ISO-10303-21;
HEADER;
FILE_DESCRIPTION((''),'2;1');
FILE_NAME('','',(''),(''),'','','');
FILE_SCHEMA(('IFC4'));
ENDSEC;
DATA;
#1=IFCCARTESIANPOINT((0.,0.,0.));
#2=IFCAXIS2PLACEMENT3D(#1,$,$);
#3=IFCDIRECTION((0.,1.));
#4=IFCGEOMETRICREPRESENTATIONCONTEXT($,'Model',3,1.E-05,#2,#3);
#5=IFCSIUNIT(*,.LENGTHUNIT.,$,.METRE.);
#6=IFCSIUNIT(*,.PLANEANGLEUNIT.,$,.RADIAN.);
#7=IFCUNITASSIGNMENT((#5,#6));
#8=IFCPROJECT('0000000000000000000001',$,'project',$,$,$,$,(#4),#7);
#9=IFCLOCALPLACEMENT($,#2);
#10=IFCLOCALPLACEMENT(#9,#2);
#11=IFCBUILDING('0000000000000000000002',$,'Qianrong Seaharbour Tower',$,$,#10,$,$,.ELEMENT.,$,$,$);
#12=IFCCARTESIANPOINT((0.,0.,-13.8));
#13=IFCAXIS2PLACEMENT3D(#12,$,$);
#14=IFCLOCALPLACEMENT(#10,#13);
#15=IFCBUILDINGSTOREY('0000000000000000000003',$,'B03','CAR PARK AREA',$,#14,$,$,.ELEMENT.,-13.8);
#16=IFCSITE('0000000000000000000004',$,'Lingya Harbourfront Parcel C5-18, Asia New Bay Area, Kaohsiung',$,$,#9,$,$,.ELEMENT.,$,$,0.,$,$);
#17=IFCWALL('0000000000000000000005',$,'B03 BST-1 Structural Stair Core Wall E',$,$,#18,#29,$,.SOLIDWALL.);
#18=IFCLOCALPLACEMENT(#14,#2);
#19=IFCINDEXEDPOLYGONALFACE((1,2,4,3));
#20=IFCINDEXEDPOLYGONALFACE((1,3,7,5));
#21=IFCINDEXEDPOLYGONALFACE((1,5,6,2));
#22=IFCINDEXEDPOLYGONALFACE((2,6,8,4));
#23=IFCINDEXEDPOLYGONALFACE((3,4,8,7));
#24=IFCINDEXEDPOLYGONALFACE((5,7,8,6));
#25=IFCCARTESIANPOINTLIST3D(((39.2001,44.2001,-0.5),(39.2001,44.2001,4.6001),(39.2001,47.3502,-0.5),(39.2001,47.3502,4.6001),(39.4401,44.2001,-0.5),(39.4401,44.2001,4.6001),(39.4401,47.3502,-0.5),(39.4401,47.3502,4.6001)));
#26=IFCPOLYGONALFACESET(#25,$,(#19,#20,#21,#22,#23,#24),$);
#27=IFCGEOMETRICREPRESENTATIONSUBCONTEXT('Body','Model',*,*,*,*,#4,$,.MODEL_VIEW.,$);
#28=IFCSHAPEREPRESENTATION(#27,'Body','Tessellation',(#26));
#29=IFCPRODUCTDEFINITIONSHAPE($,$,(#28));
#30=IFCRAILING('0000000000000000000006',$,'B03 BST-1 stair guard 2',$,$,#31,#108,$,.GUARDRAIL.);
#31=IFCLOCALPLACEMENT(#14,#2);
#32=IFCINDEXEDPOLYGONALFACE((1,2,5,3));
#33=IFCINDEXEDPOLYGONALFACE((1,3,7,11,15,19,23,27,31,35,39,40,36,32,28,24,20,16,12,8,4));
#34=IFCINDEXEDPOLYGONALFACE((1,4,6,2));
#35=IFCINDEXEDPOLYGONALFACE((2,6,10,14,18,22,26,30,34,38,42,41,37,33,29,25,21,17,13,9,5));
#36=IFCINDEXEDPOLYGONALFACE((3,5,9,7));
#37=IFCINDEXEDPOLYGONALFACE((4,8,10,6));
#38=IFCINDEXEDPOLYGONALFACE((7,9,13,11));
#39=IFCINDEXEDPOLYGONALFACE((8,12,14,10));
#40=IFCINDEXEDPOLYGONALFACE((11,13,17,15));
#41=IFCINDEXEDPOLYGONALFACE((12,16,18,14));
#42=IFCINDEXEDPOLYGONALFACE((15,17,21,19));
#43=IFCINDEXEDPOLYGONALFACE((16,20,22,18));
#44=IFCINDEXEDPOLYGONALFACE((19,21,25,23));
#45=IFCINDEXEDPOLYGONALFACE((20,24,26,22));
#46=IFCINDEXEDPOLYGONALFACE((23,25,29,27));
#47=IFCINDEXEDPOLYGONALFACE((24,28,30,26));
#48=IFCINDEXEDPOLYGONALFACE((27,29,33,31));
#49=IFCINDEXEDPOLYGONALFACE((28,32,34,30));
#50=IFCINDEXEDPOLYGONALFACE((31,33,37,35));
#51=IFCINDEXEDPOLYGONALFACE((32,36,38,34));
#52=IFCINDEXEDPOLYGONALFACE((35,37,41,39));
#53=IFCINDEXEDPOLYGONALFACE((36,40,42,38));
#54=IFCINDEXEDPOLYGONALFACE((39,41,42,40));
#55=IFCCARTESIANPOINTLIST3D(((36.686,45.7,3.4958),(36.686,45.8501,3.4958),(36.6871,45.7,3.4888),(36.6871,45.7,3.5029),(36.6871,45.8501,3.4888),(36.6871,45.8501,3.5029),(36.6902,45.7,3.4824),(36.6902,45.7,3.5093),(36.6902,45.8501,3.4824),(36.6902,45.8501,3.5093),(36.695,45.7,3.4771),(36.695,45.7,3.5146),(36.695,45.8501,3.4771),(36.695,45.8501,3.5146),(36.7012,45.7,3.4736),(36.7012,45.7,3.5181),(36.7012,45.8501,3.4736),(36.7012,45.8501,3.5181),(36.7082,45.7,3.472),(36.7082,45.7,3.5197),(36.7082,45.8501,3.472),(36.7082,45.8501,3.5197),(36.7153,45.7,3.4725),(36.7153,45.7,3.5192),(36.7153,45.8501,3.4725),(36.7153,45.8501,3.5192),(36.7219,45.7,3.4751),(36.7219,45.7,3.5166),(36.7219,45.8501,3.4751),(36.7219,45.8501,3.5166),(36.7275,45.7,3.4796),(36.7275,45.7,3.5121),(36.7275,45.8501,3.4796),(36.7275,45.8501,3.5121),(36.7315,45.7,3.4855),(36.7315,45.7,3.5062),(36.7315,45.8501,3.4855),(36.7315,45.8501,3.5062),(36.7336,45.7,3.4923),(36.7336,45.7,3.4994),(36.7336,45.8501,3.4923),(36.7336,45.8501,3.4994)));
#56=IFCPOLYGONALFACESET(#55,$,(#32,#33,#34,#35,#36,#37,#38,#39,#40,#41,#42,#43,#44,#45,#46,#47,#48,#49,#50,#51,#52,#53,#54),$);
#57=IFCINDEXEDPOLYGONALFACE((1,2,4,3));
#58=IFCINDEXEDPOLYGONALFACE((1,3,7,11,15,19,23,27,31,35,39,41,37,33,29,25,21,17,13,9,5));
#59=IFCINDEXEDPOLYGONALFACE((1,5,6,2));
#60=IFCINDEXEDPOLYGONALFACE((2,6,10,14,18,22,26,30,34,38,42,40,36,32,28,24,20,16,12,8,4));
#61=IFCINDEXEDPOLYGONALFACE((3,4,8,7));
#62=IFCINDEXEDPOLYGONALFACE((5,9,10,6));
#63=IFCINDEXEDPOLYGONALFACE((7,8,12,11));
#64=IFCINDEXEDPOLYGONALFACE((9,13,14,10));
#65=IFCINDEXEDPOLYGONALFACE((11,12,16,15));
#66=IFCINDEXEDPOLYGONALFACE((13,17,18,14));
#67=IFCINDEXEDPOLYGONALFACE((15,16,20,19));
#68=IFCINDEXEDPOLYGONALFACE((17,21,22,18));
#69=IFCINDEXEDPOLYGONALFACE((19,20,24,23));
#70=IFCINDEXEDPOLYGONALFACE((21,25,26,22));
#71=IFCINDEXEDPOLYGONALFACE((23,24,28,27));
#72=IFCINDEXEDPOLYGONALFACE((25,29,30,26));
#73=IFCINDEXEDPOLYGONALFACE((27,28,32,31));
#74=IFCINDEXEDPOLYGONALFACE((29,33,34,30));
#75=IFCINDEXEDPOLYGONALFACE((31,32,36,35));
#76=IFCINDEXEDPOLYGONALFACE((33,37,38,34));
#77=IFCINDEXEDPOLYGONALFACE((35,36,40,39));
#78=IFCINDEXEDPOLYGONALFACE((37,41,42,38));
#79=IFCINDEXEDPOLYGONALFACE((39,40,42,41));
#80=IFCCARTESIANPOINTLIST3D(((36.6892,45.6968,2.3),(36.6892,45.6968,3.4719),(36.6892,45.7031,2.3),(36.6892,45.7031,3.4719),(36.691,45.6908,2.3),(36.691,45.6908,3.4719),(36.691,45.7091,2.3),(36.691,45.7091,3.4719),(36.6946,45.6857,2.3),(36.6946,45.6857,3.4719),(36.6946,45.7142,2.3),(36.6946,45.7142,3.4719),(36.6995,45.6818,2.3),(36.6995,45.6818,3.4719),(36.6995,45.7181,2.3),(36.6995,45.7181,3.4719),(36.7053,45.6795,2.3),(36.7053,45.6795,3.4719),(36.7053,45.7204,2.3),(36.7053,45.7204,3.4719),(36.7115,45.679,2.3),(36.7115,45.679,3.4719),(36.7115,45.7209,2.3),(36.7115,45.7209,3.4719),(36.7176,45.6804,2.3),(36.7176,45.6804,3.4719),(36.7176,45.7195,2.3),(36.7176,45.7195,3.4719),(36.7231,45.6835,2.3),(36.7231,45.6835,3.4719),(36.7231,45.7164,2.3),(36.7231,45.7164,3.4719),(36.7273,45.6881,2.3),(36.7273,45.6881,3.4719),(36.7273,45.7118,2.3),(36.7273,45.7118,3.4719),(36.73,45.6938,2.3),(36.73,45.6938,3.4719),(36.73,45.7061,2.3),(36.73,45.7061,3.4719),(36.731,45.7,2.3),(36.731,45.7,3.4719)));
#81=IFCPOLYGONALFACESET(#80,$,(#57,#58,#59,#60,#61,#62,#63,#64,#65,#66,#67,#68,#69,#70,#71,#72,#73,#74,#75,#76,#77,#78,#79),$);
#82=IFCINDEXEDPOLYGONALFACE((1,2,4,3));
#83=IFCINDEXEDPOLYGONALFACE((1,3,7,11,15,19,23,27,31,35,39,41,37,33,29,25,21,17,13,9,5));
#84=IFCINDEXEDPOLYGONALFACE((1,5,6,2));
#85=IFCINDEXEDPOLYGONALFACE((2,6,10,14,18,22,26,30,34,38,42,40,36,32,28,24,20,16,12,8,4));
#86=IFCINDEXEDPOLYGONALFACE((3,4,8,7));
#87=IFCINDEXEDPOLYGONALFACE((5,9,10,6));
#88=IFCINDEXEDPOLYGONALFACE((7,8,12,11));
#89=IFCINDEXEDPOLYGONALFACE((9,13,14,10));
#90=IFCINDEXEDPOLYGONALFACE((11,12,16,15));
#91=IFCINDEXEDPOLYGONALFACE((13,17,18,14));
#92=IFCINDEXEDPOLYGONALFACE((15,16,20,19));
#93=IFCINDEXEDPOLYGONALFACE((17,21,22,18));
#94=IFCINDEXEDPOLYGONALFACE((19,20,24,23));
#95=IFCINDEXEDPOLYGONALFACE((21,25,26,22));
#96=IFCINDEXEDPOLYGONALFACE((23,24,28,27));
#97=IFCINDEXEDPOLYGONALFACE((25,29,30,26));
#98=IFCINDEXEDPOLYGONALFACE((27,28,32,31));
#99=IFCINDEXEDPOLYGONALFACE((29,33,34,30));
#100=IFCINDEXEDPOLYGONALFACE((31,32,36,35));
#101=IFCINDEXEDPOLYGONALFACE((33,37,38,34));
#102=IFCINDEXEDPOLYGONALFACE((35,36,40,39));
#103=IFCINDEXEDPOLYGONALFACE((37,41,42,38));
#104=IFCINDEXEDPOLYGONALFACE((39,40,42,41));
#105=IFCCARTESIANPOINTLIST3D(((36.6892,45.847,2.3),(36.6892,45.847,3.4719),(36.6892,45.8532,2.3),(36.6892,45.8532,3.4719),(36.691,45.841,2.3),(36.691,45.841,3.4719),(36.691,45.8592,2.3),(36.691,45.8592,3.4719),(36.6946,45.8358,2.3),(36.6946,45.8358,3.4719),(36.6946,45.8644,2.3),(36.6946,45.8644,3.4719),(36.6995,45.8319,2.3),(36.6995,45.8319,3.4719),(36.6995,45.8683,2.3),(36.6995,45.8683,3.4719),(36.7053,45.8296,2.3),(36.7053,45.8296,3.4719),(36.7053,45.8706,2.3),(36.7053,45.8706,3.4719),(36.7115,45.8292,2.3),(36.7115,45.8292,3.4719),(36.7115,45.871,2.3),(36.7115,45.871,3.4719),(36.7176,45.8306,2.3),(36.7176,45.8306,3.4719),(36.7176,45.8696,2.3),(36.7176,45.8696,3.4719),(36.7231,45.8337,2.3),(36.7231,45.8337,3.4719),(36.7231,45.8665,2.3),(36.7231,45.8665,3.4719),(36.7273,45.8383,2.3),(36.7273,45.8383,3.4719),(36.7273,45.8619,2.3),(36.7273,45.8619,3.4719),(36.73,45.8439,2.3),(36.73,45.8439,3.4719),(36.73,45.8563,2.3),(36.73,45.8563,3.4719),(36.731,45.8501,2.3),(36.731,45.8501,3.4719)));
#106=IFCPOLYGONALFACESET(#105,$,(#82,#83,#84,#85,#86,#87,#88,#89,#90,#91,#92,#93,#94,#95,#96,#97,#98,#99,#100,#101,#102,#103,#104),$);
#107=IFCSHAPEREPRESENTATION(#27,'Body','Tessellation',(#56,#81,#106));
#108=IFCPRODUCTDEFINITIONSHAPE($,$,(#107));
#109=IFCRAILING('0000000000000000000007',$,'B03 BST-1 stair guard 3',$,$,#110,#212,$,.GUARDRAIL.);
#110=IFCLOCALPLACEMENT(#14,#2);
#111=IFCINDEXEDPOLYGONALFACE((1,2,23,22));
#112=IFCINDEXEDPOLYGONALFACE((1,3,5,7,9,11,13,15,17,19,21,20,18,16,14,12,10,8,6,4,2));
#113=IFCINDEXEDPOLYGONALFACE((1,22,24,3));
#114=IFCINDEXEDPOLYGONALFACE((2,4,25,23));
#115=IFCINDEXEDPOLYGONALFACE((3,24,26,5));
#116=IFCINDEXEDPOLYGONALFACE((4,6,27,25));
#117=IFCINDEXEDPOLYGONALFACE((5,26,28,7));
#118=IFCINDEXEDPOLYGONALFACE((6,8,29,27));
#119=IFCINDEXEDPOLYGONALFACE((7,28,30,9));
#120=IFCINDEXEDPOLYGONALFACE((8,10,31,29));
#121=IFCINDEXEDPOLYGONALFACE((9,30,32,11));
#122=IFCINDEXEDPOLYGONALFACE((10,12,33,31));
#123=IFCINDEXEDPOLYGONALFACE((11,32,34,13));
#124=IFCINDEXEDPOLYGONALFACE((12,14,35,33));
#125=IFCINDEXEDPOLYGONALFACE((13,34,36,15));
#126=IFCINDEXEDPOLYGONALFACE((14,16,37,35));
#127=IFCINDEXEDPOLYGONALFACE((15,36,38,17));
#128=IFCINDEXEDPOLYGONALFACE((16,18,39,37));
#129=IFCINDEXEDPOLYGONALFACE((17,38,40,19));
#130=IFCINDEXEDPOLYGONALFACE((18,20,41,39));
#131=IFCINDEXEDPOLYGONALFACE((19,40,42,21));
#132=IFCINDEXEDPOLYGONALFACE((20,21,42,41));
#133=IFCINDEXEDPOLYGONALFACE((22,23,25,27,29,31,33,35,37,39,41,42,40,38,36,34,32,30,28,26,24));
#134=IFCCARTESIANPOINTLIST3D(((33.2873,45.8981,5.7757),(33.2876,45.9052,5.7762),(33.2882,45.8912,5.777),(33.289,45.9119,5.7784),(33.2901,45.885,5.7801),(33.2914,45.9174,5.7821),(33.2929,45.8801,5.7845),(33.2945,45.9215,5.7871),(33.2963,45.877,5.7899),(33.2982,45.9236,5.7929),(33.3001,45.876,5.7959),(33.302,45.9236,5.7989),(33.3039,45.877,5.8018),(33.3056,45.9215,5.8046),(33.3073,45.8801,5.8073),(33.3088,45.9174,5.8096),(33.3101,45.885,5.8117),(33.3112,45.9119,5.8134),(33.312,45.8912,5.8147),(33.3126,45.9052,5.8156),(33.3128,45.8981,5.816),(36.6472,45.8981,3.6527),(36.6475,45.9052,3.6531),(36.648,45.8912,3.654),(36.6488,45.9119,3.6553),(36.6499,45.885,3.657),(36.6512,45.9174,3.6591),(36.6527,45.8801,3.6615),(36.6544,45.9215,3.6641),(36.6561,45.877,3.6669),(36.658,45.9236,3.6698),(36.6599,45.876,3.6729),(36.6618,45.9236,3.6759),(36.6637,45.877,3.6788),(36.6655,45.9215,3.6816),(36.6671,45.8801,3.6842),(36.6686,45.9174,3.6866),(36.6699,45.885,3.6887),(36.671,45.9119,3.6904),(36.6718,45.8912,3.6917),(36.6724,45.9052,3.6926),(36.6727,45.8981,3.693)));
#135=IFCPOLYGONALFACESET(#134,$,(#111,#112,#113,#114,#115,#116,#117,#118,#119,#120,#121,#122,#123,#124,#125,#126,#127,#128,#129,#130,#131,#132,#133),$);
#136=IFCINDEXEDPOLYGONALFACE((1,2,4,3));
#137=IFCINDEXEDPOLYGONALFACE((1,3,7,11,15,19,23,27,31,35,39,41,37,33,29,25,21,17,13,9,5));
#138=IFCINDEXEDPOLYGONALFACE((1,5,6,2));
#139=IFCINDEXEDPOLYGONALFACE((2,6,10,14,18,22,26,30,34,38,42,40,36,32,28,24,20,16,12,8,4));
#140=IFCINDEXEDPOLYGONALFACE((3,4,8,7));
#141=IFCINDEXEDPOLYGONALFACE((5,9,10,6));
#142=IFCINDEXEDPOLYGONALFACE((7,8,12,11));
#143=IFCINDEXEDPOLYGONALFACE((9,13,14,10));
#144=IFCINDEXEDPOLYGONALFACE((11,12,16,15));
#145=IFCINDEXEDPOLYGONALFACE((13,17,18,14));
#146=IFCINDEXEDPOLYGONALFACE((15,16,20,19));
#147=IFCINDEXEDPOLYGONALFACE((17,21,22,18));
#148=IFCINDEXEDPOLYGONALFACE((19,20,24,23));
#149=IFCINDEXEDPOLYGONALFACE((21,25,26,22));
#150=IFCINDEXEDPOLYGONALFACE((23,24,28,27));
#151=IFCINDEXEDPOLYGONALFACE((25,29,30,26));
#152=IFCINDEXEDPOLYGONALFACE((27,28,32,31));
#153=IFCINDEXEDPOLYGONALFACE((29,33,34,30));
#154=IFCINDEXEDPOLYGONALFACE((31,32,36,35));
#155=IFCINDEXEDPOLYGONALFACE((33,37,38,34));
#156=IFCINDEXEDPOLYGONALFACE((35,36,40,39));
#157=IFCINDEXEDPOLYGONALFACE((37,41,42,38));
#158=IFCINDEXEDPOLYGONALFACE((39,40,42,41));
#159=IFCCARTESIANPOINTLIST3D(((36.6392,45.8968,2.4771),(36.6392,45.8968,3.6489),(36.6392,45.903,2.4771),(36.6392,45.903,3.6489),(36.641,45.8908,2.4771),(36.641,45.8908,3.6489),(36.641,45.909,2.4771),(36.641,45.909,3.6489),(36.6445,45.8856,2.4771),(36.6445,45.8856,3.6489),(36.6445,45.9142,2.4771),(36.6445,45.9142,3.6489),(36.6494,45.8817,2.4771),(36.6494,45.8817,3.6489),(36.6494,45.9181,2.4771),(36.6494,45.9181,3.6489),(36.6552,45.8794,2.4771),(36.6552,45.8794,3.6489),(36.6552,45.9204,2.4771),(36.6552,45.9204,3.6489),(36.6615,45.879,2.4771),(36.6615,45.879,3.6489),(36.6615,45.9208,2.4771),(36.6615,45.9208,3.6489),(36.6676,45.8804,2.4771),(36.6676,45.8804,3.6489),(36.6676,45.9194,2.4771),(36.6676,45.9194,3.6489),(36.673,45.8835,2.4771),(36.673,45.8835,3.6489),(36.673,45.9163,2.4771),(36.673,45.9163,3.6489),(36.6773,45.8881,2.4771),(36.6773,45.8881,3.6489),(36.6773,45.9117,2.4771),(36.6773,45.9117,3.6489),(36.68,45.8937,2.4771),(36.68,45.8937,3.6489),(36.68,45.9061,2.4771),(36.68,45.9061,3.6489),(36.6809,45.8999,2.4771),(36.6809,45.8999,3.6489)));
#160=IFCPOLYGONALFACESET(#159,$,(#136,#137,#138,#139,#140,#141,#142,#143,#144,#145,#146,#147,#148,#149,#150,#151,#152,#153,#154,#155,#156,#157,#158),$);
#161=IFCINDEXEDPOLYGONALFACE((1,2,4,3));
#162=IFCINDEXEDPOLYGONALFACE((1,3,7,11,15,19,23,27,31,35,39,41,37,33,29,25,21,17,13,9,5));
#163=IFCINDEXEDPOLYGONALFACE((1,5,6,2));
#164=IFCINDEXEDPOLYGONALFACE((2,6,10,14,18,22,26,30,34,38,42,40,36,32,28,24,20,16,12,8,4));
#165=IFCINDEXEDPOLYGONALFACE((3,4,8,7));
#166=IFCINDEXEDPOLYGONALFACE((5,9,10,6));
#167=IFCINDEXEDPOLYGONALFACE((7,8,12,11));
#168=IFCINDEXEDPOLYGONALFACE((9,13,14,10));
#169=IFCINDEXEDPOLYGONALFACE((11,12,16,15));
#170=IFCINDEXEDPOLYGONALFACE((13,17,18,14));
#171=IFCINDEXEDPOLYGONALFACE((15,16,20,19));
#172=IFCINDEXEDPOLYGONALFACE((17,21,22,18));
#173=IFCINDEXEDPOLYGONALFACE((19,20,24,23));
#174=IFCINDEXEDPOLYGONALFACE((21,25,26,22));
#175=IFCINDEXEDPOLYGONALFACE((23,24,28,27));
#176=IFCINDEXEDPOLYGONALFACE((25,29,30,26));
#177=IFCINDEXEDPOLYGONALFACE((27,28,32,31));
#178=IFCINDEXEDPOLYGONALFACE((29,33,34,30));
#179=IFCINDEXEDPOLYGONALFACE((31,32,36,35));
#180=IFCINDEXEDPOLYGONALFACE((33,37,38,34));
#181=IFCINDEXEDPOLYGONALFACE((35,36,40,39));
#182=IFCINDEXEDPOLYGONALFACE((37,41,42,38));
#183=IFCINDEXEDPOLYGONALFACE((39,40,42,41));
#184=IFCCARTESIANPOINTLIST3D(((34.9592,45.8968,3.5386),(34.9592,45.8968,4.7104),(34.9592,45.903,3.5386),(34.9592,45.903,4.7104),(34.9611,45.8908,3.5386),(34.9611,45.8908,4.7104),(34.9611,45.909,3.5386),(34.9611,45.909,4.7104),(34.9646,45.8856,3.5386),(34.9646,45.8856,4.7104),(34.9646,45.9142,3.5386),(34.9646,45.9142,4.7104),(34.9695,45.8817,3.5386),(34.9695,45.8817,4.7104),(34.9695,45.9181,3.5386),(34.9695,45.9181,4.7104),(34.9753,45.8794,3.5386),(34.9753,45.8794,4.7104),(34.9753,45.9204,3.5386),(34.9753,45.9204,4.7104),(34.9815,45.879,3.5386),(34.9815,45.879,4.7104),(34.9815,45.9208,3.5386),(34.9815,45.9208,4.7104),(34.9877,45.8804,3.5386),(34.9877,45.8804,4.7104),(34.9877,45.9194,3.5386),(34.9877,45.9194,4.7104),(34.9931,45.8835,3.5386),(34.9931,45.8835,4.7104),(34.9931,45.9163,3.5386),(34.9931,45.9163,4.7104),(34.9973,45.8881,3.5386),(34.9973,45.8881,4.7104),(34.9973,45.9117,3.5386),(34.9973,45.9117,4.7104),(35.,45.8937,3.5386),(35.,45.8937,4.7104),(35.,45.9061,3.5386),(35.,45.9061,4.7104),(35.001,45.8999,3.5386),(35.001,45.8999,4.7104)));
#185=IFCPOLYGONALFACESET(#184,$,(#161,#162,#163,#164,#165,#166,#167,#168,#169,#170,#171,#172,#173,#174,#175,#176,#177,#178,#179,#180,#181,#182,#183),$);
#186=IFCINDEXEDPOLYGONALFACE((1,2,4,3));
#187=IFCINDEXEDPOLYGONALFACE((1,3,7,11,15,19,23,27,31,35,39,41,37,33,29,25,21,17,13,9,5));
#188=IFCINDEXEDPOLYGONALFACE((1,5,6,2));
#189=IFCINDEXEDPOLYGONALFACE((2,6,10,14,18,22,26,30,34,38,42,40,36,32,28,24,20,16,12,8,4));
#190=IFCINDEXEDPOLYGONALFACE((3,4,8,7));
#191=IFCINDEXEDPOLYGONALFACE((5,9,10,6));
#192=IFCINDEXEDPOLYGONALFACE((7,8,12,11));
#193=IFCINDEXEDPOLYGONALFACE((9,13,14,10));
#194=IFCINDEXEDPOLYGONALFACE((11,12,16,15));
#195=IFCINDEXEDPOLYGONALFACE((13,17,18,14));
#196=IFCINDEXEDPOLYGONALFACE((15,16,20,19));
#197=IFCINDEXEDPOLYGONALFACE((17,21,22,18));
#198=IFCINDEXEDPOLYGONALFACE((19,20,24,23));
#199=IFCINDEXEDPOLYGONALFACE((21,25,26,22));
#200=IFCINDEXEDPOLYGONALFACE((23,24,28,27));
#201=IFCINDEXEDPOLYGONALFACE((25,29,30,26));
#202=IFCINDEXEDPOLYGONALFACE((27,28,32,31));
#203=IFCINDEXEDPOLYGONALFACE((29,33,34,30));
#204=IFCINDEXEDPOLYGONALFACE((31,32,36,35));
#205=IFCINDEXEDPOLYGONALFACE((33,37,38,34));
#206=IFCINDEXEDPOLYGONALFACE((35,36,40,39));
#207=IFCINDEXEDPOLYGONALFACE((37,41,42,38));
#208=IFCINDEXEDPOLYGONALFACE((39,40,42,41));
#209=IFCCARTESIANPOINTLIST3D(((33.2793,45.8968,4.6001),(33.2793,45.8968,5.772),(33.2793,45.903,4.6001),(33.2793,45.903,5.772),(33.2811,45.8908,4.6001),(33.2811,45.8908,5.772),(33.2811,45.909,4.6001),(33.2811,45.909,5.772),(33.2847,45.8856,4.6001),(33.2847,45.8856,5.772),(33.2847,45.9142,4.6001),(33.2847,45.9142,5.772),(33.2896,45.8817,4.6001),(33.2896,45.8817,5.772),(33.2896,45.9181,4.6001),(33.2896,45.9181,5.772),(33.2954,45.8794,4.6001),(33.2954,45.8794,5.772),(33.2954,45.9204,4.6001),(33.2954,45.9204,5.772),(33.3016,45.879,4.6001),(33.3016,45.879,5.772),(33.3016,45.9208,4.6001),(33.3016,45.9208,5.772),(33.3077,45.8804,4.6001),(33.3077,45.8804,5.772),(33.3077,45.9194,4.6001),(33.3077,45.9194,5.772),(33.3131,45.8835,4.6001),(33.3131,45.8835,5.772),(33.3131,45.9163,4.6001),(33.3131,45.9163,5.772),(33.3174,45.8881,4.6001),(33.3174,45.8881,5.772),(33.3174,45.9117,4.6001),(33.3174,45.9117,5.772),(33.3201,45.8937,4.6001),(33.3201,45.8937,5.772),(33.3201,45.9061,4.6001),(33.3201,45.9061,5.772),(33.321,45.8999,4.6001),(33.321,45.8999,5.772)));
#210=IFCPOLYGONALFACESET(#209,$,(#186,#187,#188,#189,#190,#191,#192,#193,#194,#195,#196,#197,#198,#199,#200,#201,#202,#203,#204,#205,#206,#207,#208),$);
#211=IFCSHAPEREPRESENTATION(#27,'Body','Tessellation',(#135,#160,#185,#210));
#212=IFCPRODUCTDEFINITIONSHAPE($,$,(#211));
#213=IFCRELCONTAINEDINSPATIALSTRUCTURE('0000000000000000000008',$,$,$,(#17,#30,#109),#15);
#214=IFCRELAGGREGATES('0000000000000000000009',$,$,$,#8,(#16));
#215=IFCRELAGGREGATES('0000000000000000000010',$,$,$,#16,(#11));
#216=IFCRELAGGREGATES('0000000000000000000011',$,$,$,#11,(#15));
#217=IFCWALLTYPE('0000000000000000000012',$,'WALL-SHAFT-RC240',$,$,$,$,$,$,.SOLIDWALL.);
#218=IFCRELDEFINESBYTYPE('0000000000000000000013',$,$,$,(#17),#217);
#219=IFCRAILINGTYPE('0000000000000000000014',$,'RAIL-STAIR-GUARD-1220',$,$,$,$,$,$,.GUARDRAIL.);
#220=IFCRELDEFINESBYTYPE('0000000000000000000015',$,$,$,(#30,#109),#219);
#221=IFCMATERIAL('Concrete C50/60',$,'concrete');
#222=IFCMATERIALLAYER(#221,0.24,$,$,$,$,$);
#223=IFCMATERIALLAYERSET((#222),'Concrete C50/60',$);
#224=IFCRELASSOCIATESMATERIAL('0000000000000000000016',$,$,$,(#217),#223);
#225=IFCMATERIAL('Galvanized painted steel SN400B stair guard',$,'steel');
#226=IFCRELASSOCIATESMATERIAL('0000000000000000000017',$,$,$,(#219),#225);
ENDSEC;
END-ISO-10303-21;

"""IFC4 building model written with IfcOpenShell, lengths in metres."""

from ifc_helpers import new_model, si_unit, direction, frame, frame_2d, origin, origin_2d, place, context, subcontext, project, spatial, rectangle, circle, extrude, material, layer, layer_set, type_object, element, save


model = new_model("IFC4")

# Units and contexts
model_context = context("Model", 3, precision=1e-05, world=origin(), true_north=direction((0.0, 1.0)))
body_context = subcontext(model_context, "Body", "Model", "MODEL_VIEW")
ifc_project = project(units=[si_unit("LENGTHUNIT", "METRE"), si_unit("PLANEANGLEUNIT", "RADIAN")], contexts=[model_context])

# Site, building, storey
site_placement = place(None, origin())
site = spatial("IfcSite", under=ifc_project, at=site_placement, Name="Lingya Harbourfront Parcel C5-18, Asia New Bay Area, Kaohsiung", CompositionType="ELEMENT", RefElevation=0.0)
building_placement = place(site_placement, origin())
building = spatial("IfcBuilding", under=site, at=building_placement, Name="Qianrong Seaharbour Tower", CompositionType="ELEMENT")
storey_placement = place(building_placement, frame((0.0, 0.0, -13.8)))
storey = spatial("IfcBuildingStorey", under=building, at=storey_placement, Name="B03", Description="CAR PARK AREA", CompositionType="ELEMENT", Elevation=-13.8)

# Shared definitions
ifc_material_1 = material(Name="Concrete C50/60", Category="concrete")

# Wall
ifc_layer_1 = layer(ifc_material_1, 0.24)
ifc_layer_set_1 = layer_set([ifc_layer_1], Name="Concrete C50/60")
wall_type_1 = type_object("IfcWallType", Name="WALL-SHAFT-RC240", PredefinedType="SOLIDWALL", material=ifc_layer_set_1)
wall_1_placement = place(storey_placement, frame((39.3201, 44.2, -0.5), z_axis=(0.0, 0.0, 1.0), x_axis=(0.0, 1.0, 0.0)))
element("IfcWall", 1, at=wall_1_placement, inside=storey, type_object=wall_type_1, Name="B03 BST-1 Structural Stair Core Wall E", PredefinedType="SOLIDWALL", context=body_context, shape_type="SweptSolid", body=[
    extrude(rectangle(XDim=3.1501, YDim=0.24, at=frame_2d((1.5752, 0.0))), origin(), (0.0, 0.0, 1.0), 5.1001),
])

# Railings
ifc_material_2 = material(Name="Galvanized painted steel SN400B stair guard", Category="steel")
railing_type_1 = type_object("IfcRailingType", Name="RAIL-STAIR-GUARD-1220", PredefinedType="GUARDRAIL", material=ifc_material_2)
railing_1_placement = place(storey_placement, frame((36.71, 45.7, 2.3)))
element("IfcRailing", 2, at=railing_1_placement, inside=storey, type_object=railing_type_1, Name="B03 BST-1 stair guard 2", PredefinedType="GUARDRAIL", context=body_context, shape_type="SweptSolid", body=[
    extrude(circle(Radius=0.0239, at=origin_2d()), frame((0.0, 0.0, 1.1958), z_axis=(0.0, 1.0, 0.0), x_axis=(-1.0, 0.0, 0.0)), (0.0, 0.0, 1.0), 0.1501),
    extrude(circle(Radius=0.021, at=origin_2d()), origin(), (0.0, 0.0, 1.0), 1.1719),
    extrude(circle(Radius=0.021, at=origin_2d()), frame((0.0, 0.1501, 0.0)), (0.0, 0.0, 1.0), 1.1719),
])
railing_2_placement = place(storey_placement, frame((36.6599, 45.8999, 2.4771)))
element("IfcRailing", 3, at=railing_2_placement, inside=storey, type_object=railing_type_1, Name="B03 BST-1 stair guard 3", PredefinedType="GUARDRAIL", context=body_context, shape_type="SweptSolid", body=[
    extrude(circle(Radius=0.0239, at=origin_2d()), frame((0.0, 0.0, 1.1958), z_axis=(-0.845372, 0.0, 0.534178), x_axis=(0.0, -1.0, 0.0)), (0.0, 0.0, 1.0), 3.9744),
    extrude(circle(Radius=0.021, at=origin_2d()), origin(), (0.0, 0.0, 1.0), 1.1719),
    extrude(circle(Radius=0.021, at=origin_2d()), frame((-1.6799, 0.0, 1.0615)), (0.0, 0.0, 1.0), 1.1719),
    extrude(circle(Radius=0.021, at=origin_2d()), frame((-3.3599, 0.0, 2.123)), (0.0, 0.0, 1.0), 1.1719),
])

save(model, "model.ifc")
